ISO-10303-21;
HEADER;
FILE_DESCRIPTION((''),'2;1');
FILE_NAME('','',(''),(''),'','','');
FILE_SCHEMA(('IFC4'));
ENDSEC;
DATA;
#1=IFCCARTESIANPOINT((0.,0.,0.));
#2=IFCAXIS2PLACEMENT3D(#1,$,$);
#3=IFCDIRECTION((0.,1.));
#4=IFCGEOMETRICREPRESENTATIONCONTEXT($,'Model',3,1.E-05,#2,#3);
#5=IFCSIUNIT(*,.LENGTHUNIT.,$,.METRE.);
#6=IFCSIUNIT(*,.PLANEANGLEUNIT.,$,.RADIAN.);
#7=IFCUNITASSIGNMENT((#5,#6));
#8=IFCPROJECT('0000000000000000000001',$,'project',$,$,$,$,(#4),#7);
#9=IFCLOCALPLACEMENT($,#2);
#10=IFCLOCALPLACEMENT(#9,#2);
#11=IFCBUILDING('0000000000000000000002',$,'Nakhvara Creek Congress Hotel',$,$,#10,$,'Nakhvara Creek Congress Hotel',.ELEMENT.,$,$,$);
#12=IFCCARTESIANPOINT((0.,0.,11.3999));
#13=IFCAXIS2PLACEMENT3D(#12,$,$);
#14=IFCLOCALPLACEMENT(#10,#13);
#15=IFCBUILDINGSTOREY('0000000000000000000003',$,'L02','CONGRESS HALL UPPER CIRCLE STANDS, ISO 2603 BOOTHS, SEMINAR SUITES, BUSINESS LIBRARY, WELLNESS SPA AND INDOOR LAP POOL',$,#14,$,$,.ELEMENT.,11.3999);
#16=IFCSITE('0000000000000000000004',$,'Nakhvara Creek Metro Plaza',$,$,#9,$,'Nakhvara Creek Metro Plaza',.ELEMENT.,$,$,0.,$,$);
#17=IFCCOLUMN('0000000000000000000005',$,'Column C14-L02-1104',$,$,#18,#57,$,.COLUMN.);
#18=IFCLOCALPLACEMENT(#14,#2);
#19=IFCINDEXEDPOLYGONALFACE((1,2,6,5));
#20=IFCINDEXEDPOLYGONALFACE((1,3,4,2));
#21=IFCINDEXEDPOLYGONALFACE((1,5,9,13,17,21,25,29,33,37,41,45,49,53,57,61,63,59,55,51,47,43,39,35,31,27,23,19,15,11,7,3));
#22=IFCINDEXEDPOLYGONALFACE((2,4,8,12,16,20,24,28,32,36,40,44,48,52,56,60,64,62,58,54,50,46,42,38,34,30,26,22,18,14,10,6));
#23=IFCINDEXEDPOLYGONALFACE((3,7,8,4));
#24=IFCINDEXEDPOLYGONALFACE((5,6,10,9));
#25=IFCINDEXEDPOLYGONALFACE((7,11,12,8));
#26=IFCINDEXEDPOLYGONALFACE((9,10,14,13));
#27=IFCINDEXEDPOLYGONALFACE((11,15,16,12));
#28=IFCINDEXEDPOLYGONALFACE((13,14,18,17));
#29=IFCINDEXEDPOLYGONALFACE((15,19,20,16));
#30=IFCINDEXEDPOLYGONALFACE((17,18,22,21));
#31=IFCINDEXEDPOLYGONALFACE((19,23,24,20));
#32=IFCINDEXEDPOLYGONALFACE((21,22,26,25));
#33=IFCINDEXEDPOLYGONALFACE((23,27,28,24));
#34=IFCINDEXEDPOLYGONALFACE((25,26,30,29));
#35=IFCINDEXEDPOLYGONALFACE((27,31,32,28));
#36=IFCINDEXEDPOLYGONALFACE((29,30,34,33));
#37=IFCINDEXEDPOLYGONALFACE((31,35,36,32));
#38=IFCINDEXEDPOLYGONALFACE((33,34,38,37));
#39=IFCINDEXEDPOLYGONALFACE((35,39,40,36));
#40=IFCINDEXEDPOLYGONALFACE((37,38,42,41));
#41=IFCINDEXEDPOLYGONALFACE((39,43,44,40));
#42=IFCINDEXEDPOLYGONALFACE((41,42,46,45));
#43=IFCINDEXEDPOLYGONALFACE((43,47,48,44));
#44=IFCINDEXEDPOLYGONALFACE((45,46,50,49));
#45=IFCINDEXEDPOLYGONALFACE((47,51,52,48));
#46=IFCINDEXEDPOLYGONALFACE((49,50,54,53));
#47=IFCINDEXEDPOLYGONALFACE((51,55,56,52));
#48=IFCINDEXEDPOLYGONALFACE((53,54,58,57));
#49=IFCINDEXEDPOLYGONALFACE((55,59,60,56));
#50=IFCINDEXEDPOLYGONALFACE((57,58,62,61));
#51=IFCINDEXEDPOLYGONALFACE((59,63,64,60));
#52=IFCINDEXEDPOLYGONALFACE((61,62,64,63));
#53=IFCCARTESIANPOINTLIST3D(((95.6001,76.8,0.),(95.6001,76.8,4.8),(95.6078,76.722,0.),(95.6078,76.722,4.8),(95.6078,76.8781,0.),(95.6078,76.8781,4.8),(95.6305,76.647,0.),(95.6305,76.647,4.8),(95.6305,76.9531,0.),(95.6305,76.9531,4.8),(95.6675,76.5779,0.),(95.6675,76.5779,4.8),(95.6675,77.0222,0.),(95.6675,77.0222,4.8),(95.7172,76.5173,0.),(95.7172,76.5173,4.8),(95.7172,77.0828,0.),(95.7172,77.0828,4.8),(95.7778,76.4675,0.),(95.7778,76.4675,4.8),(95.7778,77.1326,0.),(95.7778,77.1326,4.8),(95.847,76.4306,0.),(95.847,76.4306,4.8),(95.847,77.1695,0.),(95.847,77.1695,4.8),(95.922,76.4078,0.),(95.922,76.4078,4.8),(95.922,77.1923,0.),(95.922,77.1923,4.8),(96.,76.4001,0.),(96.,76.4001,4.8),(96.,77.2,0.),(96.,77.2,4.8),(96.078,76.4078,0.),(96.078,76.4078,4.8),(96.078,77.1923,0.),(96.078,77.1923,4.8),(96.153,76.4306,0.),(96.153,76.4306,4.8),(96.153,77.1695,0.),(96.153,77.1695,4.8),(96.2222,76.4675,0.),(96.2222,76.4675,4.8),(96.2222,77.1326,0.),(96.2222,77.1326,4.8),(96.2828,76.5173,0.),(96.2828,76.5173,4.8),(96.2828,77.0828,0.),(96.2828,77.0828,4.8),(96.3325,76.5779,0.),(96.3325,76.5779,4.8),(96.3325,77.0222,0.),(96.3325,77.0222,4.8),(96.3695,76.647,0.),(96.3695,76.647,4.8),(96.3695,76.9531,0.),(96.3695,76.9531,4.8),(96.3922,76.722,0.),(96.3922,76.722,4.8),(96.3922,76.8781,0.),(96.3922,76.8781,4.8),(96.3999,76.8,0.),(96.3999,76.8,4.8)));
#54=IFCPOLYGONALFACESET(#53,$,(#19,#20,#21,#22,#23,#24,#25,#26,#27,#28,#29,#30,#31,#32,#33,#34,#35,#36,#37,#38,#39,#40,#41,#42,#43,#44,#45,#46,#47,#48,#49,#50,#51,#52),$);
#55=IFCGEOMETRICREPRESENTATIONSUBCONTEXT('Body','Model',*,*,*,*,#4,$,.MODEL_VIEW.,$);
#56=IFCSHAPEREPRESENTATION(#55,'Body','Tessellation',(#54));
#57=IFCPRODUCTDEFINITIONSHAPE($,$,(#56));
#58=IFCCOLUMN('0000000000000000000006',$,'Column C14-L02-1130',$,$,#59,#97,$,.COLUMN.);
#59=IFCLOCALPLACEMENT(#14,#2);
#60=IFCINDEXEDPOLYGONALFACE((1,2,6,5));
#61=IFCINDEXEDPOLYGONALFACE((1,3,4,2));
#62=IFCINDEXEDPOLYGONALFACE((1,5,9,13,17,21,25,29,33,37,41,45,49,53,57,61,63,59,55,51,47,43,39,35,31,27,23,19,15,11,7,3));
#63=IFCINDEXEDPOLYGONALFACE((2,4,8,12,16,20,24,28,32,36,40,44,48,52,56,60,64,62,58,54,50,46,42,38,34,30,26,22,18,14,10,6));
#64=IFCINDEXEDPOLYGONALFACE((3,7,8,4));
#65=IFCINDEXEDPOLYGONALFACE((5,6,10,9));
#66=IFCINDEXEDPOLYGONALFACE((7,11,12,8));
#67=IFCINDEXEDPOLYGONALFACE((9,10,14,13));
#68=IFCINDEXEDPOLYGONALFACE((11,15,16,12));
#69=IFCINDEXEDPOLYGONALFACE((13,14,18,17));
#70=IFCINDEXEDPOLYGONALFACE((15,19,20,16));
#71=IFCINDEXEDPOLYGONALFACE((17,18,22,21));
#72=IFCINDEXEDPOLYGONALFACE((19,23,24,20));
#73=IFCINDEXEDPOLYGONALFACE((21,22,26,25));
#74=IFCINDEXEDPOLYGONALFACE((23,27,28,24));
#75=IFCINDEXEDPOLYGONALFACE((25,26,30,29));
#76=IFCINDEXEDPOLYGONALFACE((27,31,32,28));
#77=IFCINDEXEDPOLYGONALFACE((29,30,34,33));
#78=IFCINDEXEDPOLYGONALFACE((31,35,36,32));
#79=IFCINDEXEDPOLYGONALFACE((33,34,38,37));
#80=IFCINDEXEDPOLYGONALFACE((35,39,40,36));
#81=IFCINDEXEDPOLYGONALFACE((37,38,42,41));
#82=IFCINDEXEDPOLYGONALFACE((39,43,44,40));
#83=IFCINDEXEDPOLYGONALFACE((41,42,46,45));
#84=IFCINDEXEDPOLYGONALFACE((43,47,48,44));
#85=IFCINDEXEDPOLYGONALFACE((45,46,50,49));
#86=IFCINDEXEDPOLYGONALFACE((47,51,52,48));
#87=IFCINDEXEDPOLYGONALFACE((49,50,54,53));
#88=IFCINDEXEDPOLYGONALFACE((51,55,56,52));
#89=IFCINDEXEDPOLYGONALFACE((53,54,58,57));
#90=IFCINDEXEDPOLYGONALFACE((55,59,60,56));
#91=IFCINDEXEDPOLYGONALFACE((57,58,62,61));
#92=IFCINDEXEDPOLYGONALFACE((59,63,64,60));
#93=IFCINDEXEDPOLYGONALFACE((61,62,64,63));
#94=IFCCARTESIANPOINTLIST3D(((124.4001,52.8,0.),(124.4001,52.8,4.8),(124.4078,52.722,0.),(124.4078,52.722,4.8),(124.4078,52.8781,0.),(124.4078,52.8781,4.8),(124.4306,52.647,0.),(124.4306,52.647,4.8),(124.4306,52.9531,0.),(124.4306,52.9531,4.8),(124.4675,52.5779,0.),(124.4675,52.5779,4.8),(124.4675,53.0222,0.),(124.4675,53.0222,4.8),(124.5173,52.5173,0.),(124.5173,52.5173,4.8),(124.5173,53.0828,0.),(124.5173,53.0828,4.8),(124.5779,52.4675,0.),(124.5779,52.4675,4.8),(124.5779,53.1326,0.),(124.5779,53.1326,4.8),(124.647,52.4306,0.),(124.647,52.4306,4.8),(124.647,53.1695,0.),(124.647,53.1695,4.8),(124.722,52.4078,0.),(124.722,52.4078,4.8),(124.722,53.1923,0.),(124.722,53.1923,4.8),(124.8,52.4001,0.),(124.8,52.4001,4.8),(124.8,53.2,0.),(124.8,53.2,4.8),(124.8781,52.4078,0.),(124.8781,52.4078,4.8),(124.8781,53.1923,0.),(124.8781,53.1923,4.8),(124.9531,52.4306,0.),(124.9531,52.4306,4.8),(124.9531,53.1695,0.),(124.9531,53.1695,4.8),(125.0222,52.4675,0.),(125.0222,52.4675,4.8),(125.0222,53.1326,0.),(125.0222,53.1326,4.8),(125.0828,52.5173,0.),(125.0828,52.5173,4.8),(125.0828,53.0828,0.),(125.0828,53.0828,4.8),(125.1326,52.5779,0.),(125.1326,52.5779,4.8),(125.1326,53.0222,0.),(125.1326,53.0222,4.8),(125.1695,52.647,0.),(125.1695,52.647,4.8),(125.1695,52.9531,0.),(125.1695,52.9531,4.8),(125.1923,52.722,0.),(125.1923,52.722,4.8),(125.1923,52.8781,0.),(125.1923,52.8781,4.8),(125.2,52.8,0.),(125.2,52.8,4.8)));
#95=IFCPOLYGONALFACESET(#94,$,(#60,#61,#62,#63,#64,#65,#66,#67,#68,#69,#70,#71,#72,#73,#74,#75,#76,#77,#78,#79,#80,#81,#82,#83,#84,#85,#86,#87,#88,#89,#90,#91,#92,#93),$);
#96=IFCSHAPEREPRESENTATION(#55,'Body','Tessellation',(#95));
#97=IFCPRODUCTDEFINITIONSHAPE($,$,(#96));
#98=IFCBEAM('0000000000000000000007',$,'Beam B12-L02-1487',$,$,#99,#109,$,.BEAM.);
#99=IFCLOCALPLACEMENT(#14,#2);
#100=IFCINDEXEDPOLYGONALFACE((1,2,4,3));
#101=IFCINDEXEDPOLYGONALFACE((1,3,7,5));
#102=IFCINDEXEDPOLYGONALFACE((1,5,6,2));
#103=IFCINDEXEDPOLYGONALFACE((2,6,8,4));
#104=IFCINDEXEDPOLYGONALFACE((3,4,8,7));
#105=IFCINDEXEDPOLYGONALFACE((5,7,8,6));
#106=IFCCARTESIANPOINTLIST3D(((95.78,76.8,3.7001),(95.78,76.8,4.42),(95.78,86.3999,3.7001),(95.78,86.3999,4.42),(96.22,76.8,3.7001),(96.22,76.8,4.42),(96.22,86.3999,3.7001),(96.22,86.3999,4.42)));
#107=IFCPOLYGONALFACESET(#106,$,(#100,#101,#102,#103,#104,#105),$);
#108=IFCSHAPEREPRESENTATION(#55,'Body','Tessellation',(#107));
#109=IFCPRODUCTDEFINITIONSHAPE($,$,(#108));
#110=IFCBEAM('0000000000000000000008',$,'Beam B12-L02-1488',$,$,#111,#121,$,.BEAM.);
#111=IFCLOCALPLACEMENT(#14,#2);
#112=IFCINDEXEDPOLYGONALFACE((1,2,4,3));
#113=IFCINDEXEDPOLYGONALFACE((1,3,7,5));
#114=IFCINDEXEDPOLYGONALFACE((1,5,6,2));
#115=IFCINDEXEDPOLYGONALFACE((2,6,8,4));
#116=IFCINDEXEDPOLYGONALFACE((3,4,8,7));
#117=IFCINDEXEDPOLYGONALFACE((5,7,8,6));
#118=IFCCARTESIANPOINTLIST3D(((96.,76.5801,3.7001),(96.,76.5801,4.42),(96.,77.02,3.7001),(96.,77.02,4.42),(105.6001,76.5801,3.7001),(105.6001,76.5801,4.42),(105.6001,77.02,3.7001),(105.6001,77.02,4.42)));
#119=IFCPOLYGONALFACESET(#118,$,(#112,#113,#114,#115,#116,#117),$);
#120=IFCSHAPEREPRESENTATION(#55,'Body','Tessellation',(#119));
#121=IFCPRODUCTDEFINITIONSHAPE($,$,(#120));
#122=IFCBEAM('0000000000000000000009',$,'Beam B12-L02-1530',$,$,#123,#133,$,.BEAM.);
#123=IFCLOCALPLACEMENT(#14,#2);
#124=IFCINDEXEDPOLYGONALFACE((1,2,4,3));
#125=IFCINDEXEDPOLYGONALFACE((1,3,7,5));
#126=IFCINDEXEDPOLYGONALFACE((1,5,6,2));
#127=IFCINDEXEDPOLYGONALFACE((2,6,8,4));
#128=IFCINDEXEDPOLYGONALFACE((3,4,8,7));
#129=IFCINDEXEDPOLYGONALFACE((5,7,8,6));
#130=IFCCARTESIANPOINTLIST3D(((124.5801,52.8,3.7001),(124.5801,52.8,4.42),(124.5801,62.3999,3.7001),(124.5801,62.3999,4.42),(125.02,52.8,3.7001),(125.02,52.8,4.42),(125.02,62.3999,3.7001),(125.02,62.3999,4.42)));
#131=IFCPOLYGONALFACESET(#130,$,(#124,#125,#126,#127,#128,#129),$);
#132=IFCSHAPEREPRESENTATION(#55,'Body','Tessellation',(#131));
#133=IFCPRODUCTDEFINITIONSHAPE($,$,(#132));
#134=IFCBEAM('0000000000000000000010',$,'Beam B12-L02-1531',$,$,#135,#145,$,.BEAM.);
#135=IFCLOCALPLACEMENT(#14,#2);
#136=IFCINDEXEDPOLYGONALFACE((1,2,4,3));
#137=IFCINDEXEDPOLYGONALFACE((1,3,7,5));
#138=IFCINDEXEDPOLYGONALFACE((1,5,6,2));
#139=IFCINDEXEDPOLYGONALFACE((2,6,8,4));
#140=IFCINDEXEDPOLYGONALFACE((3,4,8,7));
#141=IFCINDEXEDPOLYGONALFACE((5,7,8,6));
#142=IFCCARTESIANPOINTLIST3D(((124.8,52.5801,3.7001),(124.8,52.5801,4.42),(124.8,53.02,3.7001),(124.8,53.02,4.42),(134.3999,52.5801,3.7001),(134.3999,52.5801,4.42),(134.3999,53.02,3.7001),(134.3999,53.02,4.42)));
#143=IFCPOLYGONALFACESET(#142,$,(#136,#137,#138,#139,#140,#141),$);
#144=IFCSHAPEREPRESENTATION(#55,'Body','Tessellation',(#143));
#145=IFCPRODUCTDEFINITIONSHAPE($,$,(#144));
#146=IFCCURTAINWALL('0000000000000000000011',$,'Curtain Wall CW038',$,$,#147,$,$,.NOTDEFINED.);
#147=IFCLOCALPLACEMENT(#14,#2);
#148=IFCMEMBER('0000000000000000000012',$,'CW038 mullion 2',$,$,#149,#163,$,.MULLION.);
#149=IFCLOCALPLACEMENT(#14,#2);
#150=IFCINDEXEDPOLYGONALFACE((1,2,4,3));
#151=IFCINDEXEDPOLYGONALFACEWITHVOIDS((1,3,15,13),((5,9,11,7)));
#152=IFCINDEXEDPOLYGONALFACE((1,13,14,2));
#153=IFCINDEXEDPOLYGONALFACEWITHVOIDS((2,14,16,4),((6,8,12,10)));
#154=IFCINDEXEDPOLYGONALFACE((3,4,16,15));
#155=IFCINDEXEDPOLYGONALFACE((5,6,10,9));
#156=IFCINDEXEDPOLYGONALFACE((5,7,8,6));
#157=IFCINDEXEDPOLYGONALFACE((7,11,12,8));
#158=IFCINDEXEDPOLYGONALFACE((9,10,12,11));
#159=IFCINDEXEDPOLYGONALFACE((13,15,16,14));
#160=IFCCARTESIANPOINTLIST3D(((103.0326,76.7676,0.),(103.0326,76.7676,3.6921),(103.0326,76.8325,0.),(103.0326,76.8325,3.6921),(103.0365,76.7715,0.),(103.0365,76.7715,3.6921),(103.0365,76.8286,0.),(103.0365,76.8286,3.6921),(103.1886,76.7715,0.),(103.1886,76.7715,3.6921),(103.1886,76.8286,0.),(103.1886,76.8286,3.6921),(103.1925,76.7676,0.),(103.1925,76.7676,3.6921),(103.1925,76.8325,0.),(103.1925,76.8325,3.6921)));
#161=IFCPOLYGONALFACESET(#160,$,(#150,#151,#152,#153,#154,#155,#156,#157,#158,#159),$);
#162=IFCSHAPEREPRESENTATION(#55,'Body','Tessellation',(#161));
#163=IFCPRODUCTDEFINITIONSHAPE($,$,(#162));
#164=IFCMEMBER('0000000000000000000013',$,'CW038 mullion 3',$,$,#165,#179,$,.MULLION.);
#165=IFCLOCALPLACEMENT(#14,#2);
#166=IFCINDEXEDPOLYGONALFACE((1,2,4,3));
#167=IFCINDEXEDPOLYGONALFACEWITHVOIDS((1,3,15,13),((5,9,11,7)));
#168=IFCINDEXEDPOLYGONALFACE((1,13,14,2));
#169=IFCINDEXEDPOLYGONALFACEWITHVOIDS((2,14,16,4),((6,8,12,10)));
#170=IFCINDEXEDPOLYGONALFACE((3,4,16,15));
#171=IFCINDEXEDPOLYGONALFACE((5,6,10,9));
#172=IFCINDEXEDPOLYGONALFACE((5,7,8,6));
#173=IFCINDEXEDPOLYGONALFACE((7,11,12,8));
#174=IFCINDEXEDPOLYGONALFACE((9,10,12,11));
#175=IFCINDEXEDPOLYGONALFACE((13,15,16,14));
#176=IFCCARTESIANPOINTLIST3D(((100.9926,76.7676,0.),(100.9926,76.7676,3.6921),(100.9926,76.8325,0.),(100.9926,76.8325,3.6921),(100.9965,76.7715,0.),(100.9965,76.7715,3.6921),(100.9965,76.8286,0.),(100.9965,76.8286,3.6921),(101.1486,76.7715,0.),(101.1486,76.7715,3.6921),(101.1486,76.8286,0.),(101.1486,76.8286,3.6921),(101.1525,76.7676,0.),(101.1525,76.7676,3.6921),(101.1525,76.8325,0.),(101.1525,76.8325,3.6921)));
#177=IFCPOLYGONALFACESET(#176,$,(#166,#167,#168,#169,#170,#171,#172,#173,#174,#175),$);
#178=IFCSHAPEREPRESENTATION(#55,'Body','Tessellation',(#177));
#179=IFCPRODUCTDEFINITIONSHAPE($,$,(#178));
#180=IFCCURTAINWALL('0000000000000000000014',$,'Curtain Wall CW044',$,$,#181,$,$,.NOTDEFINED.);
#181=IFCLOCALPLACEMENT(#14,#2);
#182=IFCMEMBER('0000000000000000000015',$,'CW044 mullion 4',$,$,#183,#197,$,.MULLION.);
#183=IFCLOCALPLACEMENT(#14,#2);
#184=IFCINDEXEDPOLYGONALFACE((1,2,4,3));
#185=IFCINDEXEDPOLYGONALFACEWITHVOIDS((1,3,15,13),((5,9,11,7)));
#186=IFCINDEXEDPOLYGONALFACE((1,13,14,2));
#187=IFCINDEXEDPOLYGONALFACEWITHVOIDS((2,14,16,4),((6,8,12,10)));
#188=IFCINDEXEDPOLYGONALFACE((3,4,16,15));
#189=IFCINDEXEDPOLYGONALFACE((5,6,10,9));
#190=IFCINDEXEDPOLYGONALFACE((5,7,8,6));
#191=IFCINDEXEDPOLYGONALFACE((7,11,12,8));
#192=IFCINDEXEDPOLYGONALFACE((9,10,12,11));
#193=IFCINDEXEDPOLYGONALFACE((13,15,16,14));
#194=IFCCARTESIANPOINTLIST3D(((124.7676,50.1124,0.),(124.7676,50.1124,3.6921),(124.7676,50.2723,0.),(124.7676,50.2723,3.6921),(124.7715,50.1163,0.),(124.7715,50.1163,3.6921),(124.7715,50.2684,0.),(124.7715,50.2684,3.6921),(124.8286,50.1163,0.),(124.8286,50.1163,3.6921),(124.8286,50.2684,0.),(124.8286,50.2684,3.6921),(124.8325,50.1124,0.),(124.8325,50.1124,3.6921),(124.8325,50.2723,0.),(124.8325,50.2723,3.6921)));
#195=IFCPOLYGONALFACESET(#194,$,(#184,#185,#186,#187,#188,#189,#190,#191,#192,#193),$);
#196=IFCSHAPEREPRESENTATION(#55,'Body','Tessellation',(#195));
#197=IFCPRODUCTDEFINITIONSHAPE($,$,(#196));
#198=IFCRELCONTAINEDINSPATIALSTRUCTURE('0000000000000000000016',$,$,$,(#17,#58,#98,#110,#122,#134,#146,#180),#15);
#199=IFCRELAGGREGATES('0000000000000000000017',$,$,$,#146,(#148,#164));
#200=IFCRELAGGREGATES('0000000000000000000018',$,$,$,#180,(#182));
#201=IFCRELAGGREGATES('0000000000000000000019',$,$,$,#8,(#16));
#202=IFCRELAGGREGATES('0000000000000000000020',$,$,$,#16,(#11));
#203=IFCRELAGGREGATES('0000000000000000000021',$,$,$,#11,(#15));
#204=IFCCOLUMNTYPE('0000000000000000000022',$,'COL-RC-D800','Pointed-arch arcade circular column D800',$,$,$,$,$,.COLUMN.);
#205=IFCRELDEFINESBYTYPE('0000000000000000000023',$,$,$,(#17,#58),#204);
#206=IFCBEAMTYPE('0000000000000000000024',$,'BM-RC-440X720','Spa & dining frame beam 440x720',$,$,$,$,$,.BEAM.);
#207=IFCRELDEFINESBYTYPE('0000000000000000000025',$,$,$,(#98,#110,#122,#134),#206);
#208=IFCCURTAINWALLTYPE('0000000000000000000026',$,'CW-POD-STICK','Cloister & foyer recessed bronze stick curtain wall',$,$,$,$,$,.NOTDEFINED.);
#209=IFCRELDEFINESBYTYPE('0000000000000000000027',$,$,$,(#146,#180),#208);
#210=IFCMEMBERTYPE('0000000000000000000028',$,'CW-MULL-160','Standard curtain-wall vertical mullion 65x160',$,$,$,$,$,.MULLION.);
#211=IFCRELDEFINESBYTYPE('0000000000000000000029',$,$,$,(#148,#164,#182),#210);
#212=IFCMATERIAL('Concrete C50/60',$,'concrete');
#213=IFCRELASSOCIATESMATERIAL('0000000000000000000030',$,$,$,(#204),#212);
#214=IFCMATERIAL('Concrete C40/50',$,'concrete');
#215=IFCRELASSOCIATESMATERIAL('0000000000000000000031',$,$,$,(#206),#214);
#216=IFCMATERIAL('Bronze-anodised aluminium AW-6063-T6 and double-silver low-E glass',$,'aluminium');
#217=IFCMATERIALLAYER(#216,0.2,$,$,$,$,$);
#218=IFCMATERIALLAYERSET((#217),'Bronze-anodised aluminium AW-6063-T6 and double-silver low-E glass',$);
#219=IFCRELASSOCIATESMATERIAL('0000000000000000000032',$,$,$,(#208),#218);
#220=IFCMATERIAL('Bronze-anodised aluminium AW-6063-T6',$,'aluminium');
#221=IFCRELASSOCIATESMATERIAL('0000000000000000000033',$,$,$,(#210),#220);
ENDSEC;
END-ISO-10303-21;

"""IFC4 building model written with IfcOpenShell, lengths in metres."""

from ifc_helpers import new_model, si_unit, direction, frame, origin, origin_2d, place, context, subcontext, project, spatial, rectangle, hollow_rectangle, circle, extrude, material, layer, layer_set, material_profile, profile_set, type_object, element, aggregate, save


model = new_model("IFC4")

# Units and contexts
model_context = context("Model", 3, precision=1e-05, world=origin(), true_north=direction((0.0, 1.0)))
body_context = subcontext(model_context, "Body", "Model", "MODEL_VIEW")
ifc_project = project(units=[si_unit("LENGTHUNIT", "METRE"), si_unit("PLANEANGLEUNIT", "RADIAN")], contexts=[model_context])

# Site, building, storey
site_placement = place(None, origin())
site = spatial("IfcSite", under=ifc_project, at=site_placement, Name="Nakhvara Creek Metro Plaza", LongName="Nakhvara Creek Metro Plaza", CompositionType="ELEMENT", RefElevation=0.0)
building_placement = place(site_placement, origin())
building = spatial("IfcBuilding", under=site, at=building_placement, Name="Nakhvara Creek Congress Hotel", LongName="Nakhvara Creek Congress Hotel", CompositionType="ELEMENT")
storey_placement = place(building_placement, frame((0.0, 0.0, 11.3999)))
storey = spatial("IfcBuildingStorey", under=building, at=storey_placement, Name="L02", Description="CONGRESS HALL UPPER CIRCLE STANDS, ISO 2603 BOOTHS, SEMINAR SUITES, BUSINESS LIBRARY, WELLNESS SPA AND INDOOR LAP POOL", CompositionType="ELEMENT", Elevation=11.3999)

# Columns
ifc_material_1 = material(Name="Concrete C50/60", Category="concrete")
ifc_material_profile_1 = material_profile(ifc_material_1, circle(Radius=0.3999, at=origin_2d()), Name="RC-COL D800", Category="LoadBearing")
ifc_profile_set_1 = profile_set([ifc_material_profile_1], Name="Concrete C50/60")
column_type = type_object("IfcColumnType", Name="COL-RC-D800", Description="Pointed-arch arcade circular column D800", PredefinedType="COLUMN", material=ifc_profile_set_1)
for number, where, z_axis, x_axis, name in (
    (1, (96.0, 76.8, 0.0), (0.0, 0.0, 1.0), (1.0, 0.0, 0.0), "Column C14-L02-1104"),
    (2, (124.8, 52.8, 0.0), (0.0, 0.0, 1.0), (1.0, 0.0, 0.0), "Column C14-L02-1130"),
):
    element("IfcColumn", number, at=place(storey_placement, frame(where, z_axis=z_axis, x_axis=x_axis)), inside=storey, type_object=column_type, Name=name, PredefinedType="COLUMN", context=body_context, shape_type="SweptSolid", body=[
        extrude(circle(Radius=0.3999, at=origin_2d()), origin(), (0.0, 0.0, 1.0), 4.8),
    ])

# Beams
ifc_material_2 = material(Name="Concrete C40/50", Category="concrete")
ifc_material_profile_2 = material_profile(ifc_material_2, rectangle(XDim=0.4399, YDim=0.72, at=origin_2d()), Name="RC-BM 440x720", Category="LoadBearing")
ifc_profile_set_2 = profile_set([ifc_material_profile_2], Name="Concrete C40/50")
beam_type = type_object("IfcBeamType", Name="BM-RC-440X720", Description="Spa & dining frame beam 440x720", PredefinedType="BEAM", material=ifc_profile_set_2)
beam_1_placement = place(storey_placement, frame((96.0, 76.8, 4.0601), z_axis=(0.0, 1.0, 0.0), x_axis=(-1.0, 0.0, 0.0)))
element("IfcBeam", 3, at=beam_1_placement, inside=storey, type_object=beam_type, Name="Beam B12-L02-1487", PredefinedType="BEAM", context=body_context, shape_type="SweptSolid", body=[
    extrude(rectangle(XDim=0.4399, YDim=0.72, at=origin_2d()), origin(), (0.0, 0.0, 1.0), 9.5999),
])
beam_2_placement = place(storey_placement, frame((96.0, 76.8, 4.0601), z_axis=(1.0, 0.0, 0.0), x_axis=(0.0, 1.0, 0.0)))
element("IfcBeam", 4, at=beam_2_placement, inside=storey, type_object=beam_type, Name="Beam B12-L02-1488", PredefinedType="BEAM", context=body_context, shape_type="SweptSolid", body=[
    extrude(rectangle(XDim=0.4399, YDim=0.72, at=origin_2d()), origin(), (0.0, 0.0, 1.0), 9.6001),
])
for number, where, z_axis, x_axis, name in (
    (5, (124.8, 52.8, 4.0601), (0.0, 1.0, 0.0), (-1.0, 0.0, 0.0), "Beam B12-L02-1530"),
    (6, (124.8, 52.8, 4.0601), (1.0, 0.0, 0.0), (0.0, 1.0, 0.0), "Beam B12-L02-1531"),
):
    element("IfcBeam", number, at=place(storey_placement, frame(where, z_axis=z_axis, x_axis=x_axis)), inside=storey, type_object=beam_type, Name=name, PredefinedType="BEAM", context=body_context, shape_type="SweptSolid", body=[
        extrude(rectangle(XDim=0.4399, YDim=0.72, at=origin_2d()), origin(), (0.0, 0.0, 1.0), 9.5999),
    ])

# Curtain walls, members
ifc_material_3 = material(Name="Bronze-anodised aluminium AW-6063-T6 and double-silver low-E glass", Category="aluminium")
ifc_layer = layer(ifc_material_3, 0.2)
ifc_layer_set = layer_set([ifc_layer], Name="Bronze-anodised aluminium AW-6063-T6 and double-silver low-E glass")
curtain_wall_type = type_object("IfcCurtainWallType", Name="CW-POD-STICK", Description="Cloister & foyer recessed bronze stick curtain wall", PredefinedType="NOTDEFINED", material=ifc_layer_set)
curtain_wall_1_placement = place(storey_placement, origin())
curtain_wall_1 = element("IfcCurtainWall", 7, at=curtain_wall_1_placement, inside=storey, type_object=curtain_wall_type, Name="Curtain Wall CW038", PredefinedType="NOTDEFINED")
ifc_material_4 = material(Name="Bronze-anodised aluminium AW-6063-T6", Category="aluminium")
ifc_material_profile_3 = material_profile(ifc_material_4, hollow_rectangle(XDim=0.0649, YDim=0.1599, WallThickness=0.0039, at=origin_2d()), Name="ALU-MULL 65x160x4", Category="LoadBearing")
ifc_profile_set_3 = profile_set([ifc_material_profile_3], Name="Bronze-anodised aluminium AW-6063-T6")
member_type_1 = type_object("IfcMemberType", Name="CW-MULL-160", Description="Standard curtain-wall vertical mullion 65x160", PredefinedType="MULLION", material=ifc_profile_set_3)
member_1_placement = place(storey_placement, frame((103.1125, 76.8, 0.0), z_axis=(0.0, 0.0, 1.0), x_axis=(0.0, -1.0, 0.0)))
member_1 = element("IfcMember", 8, at=member_1_placement, type_object=member_type_1, Name="CW038 mullion 2", PredefinedType="MULLION", context=body_context, shape_type="SweptSolid", body=[
    extrude(hollow_rectangle(XDim=0.0649, YDim=0.1599, WallThickness=0.0039, at=origin_2d()), origin(), (0.0, 0.0, 1.0), 3.6921),
])
member_2_placement = place(storey_placement, frame((101.0725, 76.8, 0.0), z_axis=(0.0, 0.0, 1.0), x_axis=(0.0, -1.0, 0.0)))
member_2 = element("IfcMember", 9, at=member_2_placement, type_object=member_type_1, Name="CW038 mullion 3", PredefinedType="MULLION", context=body_context, shape_type="SweptSolid", body=[
    extrude(hollow_rectangle(XDim=0.0649, YDim=0.1599, WallThickness=0.0039, at=origin_2d()), origin(), (0.0, 0.0, 1.0), 3.6921),
])
curtain_wall_2_placement = place(storey_placement, origin())
curtain_wall_2 = element("IfcCurtainWall", 10, at=curtain_wall_2_placement, inside=storey, type_object=curtain_wall_type, Name="Curtain Wall CW044", PredefinedType="NOTDEFINED")
member_3_placement = place(storey_placement, frame((124.8, 50.1924, 0.0), z_axis=(0.0, 0.0, 1.0), x_axis=(-1.0, 0.0, 0.0)))
member_3 = element("IfcMember", 11, at=member_3_placement, type_object=member_type_1, Name="CW044 mullion 4", PredefinedType="MULLION", context=body_context, shape_type="SweptSolid", body=[
    extrude(hollow_rectangle(XDim=0.0649, YDim=0.1599, WallThickness=0.0039, at=origin_2d()), origin(), (0.0, 0.0, 1.0), 3.6921),
])

aggregate(curtain_wall_1, [member_1, member_2])
aggregate(curtain_wall_2, [member_3])

save(model, "model.ifc")
